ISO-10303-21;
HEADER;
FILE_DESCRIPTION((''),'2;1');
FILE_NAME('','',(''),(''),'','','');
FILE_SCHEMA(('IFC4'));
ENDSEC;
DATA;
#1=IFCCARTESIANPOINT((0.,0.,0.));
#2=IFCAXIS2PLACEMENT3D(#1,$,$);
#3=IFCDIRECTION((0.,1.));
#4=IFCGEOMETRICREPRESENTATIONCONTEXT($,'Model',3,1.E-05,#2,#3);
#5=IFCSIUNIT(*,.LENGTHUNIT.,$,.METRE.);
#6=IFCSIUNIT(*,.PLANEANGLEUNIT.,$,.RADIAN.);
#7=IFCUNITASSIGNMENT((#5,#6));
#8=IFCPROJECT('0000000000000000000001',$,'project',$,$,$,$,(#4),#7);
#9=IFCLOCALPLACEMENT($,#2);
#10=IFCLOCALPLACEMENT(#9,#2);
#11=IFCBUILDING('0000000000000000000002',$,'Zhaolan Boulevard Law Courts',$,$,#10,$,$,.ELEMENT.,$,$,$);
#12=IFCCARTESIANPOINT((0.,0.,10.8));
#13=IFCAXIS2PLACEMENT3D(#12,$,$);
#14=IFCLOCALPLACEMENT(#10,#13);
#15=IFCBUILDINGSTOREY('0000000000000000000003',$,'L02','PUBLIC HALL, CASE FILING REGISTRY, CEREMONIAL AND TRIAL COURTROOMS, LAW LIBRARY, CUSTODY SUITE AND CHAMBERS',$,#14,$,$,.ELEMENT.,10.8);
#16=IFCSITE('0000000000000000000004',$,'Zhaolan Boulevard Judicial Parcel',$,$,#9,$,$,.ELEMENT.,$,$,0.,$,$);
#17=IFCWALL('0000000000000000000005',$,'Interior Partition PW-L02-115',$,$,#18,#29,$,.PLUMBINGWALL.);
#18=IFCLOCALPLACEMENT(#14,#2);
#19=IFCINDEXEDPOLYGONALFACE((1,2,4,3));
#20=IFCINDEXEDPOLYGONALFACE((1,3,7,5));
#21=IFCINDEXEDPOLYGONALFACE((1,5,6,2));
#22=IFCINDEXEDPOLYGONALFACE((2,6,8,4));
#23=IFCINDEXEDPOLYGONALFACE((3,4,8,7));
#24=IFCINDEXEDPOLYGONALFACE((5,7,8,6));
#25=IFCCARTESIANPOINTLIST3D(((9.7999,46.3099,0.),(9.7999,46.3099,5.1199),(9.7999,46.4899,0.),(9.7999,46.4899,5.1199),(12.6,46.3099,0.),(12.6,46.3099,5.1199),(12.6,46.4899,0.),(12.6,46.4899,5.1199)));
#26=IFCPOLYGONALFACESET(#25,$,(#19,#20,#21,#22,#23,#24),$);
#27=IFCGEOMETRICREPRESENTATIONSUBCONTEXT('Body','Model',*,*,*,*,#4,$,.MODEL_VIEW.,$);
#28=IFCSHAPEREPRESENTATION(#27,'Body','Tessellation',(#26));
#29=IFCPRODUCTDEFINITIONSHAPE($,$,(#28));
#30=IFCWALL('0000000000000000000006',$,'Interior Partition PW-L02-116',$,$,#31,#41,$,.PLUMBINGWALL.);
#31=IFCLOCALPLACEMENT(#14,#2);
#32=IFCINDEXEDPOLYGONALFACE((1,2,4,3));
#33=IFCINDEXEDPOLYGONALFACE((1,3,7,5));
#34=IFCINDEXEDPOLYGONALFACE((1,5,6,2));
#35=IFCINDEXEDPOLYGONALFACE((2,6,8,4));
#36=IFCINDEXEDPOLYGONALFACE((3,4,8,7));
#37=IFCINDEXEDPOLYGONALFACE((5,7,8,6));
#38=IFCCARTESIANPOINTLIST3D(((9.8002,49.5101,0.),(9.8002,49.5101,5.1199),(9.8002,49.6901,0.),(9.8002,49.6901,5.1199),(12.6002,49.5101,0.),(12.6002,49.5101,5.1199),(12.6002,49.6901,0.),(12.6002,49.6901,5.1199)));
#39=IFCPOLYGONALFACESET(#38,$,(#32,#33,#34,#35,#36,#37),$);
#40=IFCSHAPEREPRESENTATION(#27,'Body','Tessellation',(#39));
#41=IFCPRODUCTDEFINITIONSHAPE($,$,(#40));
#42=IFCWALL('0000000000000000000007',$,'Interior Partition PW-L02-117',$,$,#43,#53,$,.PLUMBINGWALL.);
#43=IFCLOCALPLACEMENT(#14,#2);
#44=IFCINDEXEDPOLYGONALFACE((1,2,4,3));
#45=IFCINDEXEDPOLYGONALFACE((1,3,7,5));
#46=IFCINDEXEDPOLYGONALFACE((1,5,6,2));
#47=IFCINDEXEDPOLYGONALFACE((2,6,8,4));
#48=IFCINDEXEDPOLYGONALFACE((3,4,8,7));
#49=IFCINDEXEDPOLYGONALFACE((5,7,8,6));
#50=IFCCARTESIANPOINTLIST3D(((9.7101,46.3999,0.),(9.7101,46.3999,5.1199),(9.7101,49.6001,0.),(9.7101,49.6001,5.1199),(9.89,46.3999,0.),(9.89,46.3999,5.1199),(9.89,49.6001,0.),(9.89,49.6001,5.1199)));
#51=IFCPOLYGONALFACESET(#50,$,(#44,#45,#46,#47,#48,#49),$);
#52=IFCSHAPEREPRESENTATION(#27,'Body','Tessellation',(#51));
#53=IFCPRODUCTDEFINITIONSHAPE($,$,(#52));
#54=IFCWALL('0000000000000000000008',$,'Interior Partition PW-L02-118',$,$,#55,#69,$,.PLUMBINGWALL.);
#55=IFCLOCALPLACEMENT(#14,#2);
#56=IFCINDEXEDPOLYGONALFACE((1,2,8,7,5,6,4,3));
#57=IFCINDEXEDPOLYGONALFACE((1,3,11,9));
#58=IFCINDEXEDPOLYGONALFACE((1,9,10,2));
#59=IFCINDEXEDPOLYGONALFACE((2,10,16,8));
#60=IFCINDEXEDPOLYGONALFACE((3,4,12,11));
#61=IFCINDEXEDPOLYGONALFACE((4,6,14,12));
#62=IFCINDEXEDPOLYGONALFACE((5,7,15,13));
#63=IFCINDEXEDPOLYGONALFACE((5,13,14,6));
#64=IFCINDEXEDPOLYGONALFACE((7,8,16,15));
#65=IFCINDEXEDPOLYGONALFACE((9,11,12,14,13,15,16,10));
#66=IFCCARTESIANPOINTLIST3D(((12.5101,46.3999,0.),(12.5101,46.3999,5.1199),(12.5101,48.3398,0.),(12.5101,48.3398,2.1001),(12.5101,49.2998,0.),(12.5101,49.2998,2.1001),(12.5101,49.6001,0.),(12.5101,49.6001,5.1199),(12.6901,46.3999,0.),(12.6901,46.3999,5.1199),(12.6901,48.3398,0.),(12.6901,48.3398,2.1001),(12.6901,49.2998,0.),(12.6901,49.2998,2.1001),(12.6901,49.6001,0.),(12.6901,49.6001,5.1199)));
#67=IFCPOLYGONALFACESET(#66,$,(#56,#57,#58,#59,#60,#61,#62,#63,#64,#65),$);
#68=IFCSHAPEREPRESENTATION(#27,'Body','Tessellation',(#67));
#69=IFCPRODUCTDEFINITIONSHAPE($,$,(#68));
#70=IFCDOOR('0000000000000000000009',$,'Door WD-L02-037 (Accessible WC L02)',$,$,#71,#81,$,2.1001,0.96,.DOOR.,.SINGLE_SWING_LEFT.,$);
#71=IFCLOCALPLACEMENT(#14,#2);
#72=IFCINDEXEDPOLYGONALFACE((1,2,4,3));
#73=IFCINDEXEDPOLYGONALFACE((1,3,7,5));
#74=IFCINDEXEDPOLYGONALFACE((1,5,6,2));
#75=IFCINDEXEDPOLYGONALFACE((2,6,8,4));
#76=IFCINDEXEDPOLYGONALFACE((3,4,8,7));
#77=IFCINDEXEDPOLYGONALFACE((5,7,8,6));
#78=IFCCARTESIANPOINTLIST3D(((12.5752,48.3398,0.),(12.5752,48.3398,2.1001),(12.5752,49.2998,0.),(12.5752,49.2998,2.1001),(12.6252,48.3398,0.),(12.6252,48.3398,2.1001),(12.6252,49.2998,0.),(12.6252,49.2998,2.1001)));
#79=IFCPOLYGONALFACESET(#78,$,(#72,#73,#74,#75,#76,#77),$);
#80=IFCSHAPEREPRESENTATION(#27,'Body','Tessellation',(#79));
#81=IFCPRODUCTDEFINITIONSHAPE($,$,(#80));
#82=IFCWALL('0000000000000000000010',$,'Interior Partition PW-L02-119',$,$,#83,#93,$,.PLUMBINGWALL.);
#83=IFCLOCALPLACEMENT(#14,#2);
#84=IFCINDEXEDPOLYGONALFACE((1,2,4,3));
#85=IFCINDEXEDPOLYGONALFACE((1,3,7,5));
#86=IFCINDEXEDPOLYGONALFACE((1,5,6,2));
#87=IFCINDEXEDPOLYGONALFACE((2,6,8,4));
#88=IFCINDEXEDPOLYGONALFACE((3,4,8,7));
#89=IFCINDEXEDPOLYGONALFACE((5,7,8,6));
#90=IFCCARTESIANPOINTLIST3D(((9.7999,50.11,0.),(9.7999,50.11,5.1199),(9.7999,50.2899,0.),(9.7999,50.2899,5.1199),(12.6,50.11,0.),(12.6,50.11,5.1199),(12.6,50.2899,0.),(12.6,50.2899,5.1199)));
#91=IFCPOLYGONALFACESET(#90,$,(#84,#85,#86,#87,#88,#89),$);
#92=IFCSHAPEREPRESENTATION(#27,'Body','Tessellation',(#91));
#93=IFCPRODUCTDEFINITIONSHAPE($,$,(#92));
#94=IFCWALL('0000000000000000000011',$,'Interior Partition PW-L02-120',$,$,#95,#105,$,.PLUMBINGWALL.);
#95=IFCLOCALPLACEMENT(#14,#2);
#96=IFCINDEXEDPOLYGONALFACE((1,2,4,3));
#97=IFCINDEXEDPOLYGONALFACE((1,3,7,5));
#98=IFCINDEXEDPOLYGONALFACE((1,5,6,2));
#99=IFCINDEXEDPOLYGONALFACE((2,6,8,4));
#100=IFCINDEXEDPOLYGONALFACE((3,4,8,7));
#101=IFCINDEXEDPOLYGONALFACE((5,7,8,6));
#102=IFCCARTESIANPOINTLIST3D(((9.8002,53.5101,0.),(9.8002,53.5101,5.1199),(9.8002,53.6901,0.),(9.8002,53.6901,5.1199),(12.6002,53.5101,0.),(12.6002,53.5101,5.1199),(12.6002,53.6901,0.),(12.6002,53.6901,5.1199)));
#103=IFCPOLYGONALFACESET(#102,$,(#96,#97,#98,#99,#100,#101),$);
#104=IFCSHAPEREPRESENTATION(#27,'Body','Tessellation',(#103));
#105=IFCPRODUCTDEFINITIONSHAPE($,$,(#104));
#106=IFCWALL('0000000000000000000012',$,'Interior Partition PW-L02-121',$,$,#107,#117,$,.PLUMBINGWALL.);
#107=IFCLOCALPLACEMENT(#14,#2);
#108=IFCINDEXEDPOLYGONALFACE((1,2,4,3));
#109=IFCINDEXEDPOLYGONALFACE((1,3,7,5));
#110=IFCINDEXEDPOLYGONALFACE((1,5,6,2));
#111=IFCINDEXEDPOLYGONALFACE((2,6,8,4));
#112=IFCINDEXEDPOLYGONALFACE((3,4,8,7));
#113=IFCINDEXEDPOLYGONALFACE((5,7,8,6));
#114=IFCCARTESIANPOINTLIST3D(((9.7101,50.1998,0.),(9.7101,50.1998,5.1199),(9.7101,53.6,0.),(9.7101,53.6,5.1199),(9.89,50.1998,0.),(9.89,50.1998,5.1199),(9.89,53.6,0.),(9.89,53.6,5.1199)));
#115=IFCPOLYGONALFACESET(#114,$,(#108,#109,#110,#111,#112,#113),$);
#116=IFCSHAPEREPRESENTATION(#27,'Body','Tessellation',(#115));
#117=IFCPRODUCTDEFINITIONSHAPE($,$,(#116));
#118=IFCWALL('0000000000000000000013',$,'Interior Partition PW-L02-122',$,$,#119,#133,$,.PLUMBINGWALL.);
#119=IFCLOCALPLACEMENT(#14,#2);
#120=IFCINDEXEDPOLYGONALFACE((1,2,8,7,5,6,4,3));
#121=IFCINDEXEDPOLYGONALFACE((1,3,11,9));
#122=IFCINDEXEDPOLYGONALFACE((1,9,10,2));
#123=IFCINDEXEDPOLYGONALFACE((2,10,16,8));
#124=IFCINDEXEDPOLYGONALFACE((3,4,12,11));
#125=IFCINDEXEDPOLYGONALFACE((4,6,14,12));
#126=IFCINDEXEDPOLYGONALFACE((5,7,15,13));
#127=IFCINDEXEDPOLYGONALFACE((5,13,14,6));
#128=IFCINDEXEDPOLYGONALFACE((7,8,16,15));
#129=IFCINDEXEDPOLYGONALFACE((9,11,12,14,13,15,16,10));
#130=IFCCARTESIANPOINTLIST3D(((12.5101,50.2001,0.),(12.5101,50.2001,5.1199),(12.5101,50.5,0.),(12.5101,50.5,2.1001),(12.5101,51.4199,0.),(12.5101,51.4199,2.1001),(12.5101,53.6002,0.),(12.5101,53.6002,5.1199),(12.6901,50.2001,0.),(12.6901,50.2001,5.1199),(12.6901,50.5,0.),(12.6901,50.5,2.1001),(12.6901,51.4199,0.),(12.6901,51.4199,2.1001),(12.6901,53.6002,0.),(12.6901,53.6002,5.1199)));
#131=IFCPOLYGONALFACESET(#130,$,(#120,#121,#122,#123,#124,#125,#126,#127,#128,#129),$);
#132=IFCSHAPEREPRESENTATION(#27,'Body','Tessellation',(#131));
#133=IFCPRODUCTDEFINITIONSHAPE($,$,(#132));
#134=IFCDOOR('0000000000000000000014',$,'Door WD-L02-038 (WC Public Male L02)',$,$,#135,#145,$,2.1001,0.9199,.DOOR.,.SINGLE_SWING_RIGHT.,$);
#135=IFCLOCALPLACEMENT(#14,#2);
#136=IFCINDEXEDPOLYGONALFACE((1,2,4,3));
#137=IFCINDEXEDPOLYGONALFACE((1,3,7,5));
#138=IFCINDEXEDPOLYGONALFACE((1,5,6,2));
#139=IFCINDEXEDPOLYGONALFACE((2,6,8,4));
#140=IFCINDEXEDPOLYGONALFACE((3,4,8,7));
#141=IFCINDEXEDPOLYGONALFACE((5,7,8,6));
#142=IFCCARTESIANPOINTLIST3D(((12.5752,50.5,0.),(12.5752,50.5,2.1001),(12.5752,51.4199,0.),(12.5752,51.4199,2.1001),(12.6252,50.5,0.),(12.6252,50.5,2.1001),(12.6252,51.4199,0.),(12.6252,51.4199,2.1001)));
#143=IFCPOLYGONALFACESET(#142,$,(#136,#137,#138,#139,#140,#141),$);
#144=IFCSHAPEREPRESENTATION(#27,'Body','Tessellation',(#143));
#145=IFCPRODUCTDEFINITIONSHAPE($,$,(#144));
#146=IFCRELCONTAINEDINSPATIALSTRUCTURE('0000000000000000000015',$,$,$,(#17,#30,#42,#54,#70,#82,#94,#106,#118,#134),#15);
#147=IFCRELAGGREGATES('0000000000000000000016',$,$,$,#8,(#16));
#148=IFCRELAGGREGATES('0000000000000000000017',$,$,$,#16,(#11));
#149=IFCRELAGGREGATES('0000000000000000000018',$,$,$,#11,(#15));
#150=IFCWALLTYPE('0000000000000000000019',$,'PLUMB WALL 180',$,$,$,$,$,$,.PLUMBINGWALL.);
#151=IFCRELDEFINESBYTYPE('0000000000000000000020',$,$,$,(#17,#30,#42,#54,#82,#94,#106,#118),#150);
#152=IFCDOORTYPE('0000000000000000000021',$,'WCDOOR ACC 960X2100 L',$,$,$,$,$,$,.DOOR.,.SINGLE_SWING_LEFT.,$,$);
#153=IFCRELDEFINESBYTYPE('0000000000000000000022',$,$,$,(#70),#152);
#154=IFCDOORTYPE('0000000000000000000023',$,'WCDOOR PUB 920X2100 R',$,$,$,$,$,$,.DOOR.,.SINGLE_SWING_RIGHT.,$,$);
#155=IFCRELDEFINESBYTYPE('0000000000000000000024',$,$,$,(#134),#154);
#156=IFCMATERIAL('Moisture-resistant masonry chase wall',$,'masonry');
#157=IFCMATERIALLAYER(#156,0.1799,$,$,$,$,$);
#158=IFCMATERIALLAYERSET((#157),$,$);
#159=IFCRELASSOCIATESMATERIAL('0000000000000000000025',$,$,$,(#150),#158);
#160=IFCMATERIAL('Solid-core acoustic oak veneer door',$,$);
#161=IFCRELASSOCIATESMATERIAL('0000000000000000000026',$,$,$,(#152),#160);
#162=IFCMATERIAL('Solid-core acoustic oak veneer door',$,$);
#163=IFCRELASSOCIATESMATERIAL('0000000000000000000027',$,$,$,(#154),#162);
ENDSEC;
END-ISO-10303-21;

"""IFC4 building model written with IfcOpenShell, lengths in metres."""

from ifc_helpers import new_model, si_unit, direction, frame, frame_2d, origin, place, context, subcontext, project, spatial, rectangle, extrude, material, layer, layer_set, type_object, element, fill, save


model = new_model("IFC4")

# Units and contexts
model_context = context("Model", 3, precision=1e-05, world=origin(), true_north=direction((0.0, 1.0)))
body_context = subcontext(model_context, "Body", "Model", "MODEL_VIEW")
ifc_project = project(units=[si_unit("LENGTHUNIT", "METRE"), si_unit("PLANEANGLEUNIT", "RADIAN")], contexts=[model_context])

# Site, building, storey
site_placement = place(None, origin())
site = spatial("IfcSite", under=ifc_project, at=site_placement, Name="Zhaolan Boulevard Judicial Parcel", CompositionType="ELEMENT", RefElevation=0.0)
building_placement = place(site_placement, origin())
building = spatial("IfcBuilding", under=site, at=building_placement, Name="Zhaolan Boulevard Law Courts", CompositionType="ELEMENT")
storey_placement = place(building_placement, frame((0.0, 0.0, 10.8)))
storey = spatial("IfcBuildingStorey", under=building, at=storey_placement, Name="L02", Description="PUBLIC HALL, CASE FILING REGISTRY, CEREMONIAL AND TRIAL COURTROOMS, LAW LIBRARY, CUSTODY SUITE AND CHAMBERS", CompositionType="ELEMENT", Elevation=10.8)

# Walls
ifc_material_1 = material(Name="Moisture-resistant masonry chase wall", Category="masonry")
ifc_layer_1 = layer(ifc_material_1, 0.1799)
ifc_layer_set_1 = layer_set([ifc_layer_1])
wall_type_1 = type_object("IfcWallType", Name="PLUMB WALL 180", PredefinedType="PLUMBINGWALL", material=ifc_layer_set_1)
for number, where, z_axis, x_axis, name in (
    (1, (9.8, 46.3999, 0.0), (0.0, 0.0, 1.0), (1.0, 0.0, 0.0), "Interior Partition PW-L02-115"),
    (2, (12.6001, 49.6001, 0.0), (0.0, 0.0, 1.0), (-1.0, 0.0, 0.0), "Interior Partition PW-L02-116"),
):
    element("IfcWall", number, at=place(storey_placement, frame(where, z_axis=z_axis, x_axis=x_axis)), inside=storey, type_object=wall_type_1, Name=name, PredefinedType="PLUMBINGWALL", context=body_context, shape_type="SweptSolid", body=[
        extrude(rectangle(XDim=2.8, YDim=0.1799, at=frame_2d((1.3999, 0.0))), origin(), (0.0, 0.0, 1.0), 5.1199),
    ])
wall_1_placement = place(storey_placement, frame((9.8, 49.6001, 0.0), z_axis=(0.0, 0.0, 1.0), x_axis=(0.0, -1.0, 0.0)))
element("IfcWall", 3, at=wall_1_placement, inside=storey, type_object=wall_type_1, Name="Interior Partition PW-L02-117", PredefinedType="PLUMBINGWALL", context=body_context, shape_type="SweptSolid", body=[
    extrude(rectangle(XDim=3.2002, YDim=0.1799, at=frame_2d((1.6001, 0.0))), origin(), (0.0, 0.0, 1.0), 5.1199),
])

# Wall, opening, door
wall_2_placement = place(storey_placement, frame((12.6001, 46.3999, 0.0), z_axis=(0.0, 0.0, 1.0), x_axis=(0.0, 1.0, 0.0)))
wall_2 = element("IfcWall", 4, at=wall_2_placement, inside=storey, type_object=wall_type_1, Name="Interior Partition PW-L02-118", PredefinedType="PLUMBINGWALL", context=body_context, shape_type="SweptSolid", body=[
    extrude(rectangle(XDim=3.2002, YDim=0.1799, at=frame_2d((1.6001, 0.0))), origin(), (0.0, 0.0, 1.0), 5.1199),
])
opening_1_placement = place(wall_2_placement, frame((1.9399, 0.0, 0.0)))
opening_1 = element("IfcOpeningElement", 5, at=opening_1_placement, cuts=wall_2, PredefinedType="OPENING", context=body_context, shape_type="SweptSolid", body=[
    extrude(rectangle(XDim=0.96, YDim=2.1001, at=frame_2d((0.48, 1.05))), frame((0.0, 0.0999, 0.0), z_axis=(0.0, -1.0, 0.0), x_axis=(1.0, 0.0, 0.0)), (0.0, 0.0, 1.0), 0.2),
])
ifc_material_2 = material(Name="Solid-core acoustic oak veneer door")
door_type_1 = type_object("IfcDoorType", Name="WCDOOR ACC 960X2100 L", OperationType="SINGLE_SWING_LEFT", PredefinedType="DOOR", material=ifc_material_2)
door_1_placement = place(opening_1_placement, origin())
door_1 = element("IfcDoor", 6, at=door_1_placement, inside=storey, type_object=door_type_1, Name="Door WD-L02-037 (Accessible WC L02)", OperationType="SINGLE_SWING_LEFT", OverallHeight=2.1001, OverallWidth=0.96, PredefinedType="DOOR", context=body_context, shape_type="SweptSolid", body=[
    extrude(rectangle(XDim=0.96, YDim=2.1001, at=frame_2d((0.48, 1.05))), frame((0.0, 0.0249, 0.0), z_axis=(0.0, -1.0, 0.0), x_axis=(1.0, 0.0, 0.0)), (0.0, 0.0, 1.0), 0.05),
])
fill(opening_1, door_1)

# Walls
for number, where, z_axis, x_axis, name in (
    (7, (9.8, 50.2, 0.0), (0.0, 0.0, 1.0), (1.0, 0.0, 0.0), "Interior Partition PW-L02-119"),
    (8, (12.6001, 53.6001, 0.0), (0.0, 0.0, 1.0), (-1.0, 0.0, 0.0), "Interior Partition PW-L02-120"),
):
    element("IfcWall", number, at=place(storey_placement, frame(where, z_axis=z_axis, x_axis=x_axis)), inside=storey, type_object=wall_type_1, Name=name, PredefinedType="PLUMBINGWALL", context=body_context, shape_type="SweptSolid", body=[
        extrude(rectangle(XDim=2.8, YDim=0.1799, at=frame_2d((1.3999, 0.0))), origin(), (0.0, 0.0, 1.0), 5.1199),
    ])
wall_3_placement = place(storey_placement, frame((9.8, 53.6001, 0.0), z_axis=(0.0, 0.0, 1.0), x_axis=(0.0, -1.0, 0.0)))
element("IfcWall", 9, at=wall_3_placement, inside=storey, type_object=wall_type_1, Name="Interior Partition PW-L02-121", PredefinedType="PLUMBINGWALL", context=body_context, shape_type="SweptSolid", body=[
    extrude(rectangle(XDim=3.4001, YDim=0.1799, at=frame_2d((1.7002, 0.0))), origin(), (0.0, 0.0, 1.0), 5.1199),
])

# Wall, opening, door
wall_4_placement = place(storey_placement, frame((12.6001, 50.2, 0.0), z_axis=(0.0, 0.0, 1.0), x_axis=(0.0, 1.0, 0.0)))
wall_4 = element("IfcWall", 10, at=wall_4_placement, inside=storey, type_object=wall_type_1, Name="Interior Partition PW-L02-122", PredefinedType="PLUMBINGWALL", context=body_context, shape_type="SweptSolid", body=[
    extrude(rectangle(XDim=3.4001, YDim=0.1799, at=frame_2d((1.7002, 0.0))), origin(), (0.0, 0.0, 1.0), 5.1199),
])
opening_2_placement = place(wall_4_placement, frame((0.3, 0.0, 0.0)))
opening_2 = element("IfcOpeningElement", 11, at=opening_2_placement, cuts=wall_4, PredefinedType="OPENING", context=body_context, shape_type="SweptSolid", body=[
    extrude(rectangle(XDim=0.9199, YDim=2.1001, at=frame_2d((0.46, 1.05))), frame((0.0, 0.0999, 0.0), z_axis=(0.0, -1.0, 0.0), x_axis=(1.0, 0.0, 0.0)), (0.0, 0.0, 1.0), 0.2),
])
ifc_material_3 = material(Name="Solid-core acoustic oak veneer door")
door_type_2 = type_object("IfcDoorType", Name="WCDOOR PUB 920X2100 R", OperationType="SINGLE_SWING_RIGHT", PredefinedType="DOOR", material=ifc_material_3)
door_2_placement = place(opening_2_placement, origin())
door_2 = element("IfcDoor", 12, at=door_2_placement, inside=storey, type_object=door_type_2, Name="Door WD-L02-038 (WC Public Male L02)", OperationType="SINGLE_SWING_RIGHT", OverallHeight=2.1001, OverallWidth=0.9199, PredefinedType="DOOR", context=body_context, shape_type="SweptSolid", body=[
    extrude(rectangle(XDim=0.9199, YDim=2.1001, at=frame_2d((0.46, 1.05))), frame((0.0, 0.0249, 0.0), z_axis=(0.0, -1.0, 0.0), x_axis=(1.0, 0.0, 0.0)), (0.0, 0.0, 1.0), 0.05),
])
fill(opening_2, door_2)

save(model, "model.ifc")
